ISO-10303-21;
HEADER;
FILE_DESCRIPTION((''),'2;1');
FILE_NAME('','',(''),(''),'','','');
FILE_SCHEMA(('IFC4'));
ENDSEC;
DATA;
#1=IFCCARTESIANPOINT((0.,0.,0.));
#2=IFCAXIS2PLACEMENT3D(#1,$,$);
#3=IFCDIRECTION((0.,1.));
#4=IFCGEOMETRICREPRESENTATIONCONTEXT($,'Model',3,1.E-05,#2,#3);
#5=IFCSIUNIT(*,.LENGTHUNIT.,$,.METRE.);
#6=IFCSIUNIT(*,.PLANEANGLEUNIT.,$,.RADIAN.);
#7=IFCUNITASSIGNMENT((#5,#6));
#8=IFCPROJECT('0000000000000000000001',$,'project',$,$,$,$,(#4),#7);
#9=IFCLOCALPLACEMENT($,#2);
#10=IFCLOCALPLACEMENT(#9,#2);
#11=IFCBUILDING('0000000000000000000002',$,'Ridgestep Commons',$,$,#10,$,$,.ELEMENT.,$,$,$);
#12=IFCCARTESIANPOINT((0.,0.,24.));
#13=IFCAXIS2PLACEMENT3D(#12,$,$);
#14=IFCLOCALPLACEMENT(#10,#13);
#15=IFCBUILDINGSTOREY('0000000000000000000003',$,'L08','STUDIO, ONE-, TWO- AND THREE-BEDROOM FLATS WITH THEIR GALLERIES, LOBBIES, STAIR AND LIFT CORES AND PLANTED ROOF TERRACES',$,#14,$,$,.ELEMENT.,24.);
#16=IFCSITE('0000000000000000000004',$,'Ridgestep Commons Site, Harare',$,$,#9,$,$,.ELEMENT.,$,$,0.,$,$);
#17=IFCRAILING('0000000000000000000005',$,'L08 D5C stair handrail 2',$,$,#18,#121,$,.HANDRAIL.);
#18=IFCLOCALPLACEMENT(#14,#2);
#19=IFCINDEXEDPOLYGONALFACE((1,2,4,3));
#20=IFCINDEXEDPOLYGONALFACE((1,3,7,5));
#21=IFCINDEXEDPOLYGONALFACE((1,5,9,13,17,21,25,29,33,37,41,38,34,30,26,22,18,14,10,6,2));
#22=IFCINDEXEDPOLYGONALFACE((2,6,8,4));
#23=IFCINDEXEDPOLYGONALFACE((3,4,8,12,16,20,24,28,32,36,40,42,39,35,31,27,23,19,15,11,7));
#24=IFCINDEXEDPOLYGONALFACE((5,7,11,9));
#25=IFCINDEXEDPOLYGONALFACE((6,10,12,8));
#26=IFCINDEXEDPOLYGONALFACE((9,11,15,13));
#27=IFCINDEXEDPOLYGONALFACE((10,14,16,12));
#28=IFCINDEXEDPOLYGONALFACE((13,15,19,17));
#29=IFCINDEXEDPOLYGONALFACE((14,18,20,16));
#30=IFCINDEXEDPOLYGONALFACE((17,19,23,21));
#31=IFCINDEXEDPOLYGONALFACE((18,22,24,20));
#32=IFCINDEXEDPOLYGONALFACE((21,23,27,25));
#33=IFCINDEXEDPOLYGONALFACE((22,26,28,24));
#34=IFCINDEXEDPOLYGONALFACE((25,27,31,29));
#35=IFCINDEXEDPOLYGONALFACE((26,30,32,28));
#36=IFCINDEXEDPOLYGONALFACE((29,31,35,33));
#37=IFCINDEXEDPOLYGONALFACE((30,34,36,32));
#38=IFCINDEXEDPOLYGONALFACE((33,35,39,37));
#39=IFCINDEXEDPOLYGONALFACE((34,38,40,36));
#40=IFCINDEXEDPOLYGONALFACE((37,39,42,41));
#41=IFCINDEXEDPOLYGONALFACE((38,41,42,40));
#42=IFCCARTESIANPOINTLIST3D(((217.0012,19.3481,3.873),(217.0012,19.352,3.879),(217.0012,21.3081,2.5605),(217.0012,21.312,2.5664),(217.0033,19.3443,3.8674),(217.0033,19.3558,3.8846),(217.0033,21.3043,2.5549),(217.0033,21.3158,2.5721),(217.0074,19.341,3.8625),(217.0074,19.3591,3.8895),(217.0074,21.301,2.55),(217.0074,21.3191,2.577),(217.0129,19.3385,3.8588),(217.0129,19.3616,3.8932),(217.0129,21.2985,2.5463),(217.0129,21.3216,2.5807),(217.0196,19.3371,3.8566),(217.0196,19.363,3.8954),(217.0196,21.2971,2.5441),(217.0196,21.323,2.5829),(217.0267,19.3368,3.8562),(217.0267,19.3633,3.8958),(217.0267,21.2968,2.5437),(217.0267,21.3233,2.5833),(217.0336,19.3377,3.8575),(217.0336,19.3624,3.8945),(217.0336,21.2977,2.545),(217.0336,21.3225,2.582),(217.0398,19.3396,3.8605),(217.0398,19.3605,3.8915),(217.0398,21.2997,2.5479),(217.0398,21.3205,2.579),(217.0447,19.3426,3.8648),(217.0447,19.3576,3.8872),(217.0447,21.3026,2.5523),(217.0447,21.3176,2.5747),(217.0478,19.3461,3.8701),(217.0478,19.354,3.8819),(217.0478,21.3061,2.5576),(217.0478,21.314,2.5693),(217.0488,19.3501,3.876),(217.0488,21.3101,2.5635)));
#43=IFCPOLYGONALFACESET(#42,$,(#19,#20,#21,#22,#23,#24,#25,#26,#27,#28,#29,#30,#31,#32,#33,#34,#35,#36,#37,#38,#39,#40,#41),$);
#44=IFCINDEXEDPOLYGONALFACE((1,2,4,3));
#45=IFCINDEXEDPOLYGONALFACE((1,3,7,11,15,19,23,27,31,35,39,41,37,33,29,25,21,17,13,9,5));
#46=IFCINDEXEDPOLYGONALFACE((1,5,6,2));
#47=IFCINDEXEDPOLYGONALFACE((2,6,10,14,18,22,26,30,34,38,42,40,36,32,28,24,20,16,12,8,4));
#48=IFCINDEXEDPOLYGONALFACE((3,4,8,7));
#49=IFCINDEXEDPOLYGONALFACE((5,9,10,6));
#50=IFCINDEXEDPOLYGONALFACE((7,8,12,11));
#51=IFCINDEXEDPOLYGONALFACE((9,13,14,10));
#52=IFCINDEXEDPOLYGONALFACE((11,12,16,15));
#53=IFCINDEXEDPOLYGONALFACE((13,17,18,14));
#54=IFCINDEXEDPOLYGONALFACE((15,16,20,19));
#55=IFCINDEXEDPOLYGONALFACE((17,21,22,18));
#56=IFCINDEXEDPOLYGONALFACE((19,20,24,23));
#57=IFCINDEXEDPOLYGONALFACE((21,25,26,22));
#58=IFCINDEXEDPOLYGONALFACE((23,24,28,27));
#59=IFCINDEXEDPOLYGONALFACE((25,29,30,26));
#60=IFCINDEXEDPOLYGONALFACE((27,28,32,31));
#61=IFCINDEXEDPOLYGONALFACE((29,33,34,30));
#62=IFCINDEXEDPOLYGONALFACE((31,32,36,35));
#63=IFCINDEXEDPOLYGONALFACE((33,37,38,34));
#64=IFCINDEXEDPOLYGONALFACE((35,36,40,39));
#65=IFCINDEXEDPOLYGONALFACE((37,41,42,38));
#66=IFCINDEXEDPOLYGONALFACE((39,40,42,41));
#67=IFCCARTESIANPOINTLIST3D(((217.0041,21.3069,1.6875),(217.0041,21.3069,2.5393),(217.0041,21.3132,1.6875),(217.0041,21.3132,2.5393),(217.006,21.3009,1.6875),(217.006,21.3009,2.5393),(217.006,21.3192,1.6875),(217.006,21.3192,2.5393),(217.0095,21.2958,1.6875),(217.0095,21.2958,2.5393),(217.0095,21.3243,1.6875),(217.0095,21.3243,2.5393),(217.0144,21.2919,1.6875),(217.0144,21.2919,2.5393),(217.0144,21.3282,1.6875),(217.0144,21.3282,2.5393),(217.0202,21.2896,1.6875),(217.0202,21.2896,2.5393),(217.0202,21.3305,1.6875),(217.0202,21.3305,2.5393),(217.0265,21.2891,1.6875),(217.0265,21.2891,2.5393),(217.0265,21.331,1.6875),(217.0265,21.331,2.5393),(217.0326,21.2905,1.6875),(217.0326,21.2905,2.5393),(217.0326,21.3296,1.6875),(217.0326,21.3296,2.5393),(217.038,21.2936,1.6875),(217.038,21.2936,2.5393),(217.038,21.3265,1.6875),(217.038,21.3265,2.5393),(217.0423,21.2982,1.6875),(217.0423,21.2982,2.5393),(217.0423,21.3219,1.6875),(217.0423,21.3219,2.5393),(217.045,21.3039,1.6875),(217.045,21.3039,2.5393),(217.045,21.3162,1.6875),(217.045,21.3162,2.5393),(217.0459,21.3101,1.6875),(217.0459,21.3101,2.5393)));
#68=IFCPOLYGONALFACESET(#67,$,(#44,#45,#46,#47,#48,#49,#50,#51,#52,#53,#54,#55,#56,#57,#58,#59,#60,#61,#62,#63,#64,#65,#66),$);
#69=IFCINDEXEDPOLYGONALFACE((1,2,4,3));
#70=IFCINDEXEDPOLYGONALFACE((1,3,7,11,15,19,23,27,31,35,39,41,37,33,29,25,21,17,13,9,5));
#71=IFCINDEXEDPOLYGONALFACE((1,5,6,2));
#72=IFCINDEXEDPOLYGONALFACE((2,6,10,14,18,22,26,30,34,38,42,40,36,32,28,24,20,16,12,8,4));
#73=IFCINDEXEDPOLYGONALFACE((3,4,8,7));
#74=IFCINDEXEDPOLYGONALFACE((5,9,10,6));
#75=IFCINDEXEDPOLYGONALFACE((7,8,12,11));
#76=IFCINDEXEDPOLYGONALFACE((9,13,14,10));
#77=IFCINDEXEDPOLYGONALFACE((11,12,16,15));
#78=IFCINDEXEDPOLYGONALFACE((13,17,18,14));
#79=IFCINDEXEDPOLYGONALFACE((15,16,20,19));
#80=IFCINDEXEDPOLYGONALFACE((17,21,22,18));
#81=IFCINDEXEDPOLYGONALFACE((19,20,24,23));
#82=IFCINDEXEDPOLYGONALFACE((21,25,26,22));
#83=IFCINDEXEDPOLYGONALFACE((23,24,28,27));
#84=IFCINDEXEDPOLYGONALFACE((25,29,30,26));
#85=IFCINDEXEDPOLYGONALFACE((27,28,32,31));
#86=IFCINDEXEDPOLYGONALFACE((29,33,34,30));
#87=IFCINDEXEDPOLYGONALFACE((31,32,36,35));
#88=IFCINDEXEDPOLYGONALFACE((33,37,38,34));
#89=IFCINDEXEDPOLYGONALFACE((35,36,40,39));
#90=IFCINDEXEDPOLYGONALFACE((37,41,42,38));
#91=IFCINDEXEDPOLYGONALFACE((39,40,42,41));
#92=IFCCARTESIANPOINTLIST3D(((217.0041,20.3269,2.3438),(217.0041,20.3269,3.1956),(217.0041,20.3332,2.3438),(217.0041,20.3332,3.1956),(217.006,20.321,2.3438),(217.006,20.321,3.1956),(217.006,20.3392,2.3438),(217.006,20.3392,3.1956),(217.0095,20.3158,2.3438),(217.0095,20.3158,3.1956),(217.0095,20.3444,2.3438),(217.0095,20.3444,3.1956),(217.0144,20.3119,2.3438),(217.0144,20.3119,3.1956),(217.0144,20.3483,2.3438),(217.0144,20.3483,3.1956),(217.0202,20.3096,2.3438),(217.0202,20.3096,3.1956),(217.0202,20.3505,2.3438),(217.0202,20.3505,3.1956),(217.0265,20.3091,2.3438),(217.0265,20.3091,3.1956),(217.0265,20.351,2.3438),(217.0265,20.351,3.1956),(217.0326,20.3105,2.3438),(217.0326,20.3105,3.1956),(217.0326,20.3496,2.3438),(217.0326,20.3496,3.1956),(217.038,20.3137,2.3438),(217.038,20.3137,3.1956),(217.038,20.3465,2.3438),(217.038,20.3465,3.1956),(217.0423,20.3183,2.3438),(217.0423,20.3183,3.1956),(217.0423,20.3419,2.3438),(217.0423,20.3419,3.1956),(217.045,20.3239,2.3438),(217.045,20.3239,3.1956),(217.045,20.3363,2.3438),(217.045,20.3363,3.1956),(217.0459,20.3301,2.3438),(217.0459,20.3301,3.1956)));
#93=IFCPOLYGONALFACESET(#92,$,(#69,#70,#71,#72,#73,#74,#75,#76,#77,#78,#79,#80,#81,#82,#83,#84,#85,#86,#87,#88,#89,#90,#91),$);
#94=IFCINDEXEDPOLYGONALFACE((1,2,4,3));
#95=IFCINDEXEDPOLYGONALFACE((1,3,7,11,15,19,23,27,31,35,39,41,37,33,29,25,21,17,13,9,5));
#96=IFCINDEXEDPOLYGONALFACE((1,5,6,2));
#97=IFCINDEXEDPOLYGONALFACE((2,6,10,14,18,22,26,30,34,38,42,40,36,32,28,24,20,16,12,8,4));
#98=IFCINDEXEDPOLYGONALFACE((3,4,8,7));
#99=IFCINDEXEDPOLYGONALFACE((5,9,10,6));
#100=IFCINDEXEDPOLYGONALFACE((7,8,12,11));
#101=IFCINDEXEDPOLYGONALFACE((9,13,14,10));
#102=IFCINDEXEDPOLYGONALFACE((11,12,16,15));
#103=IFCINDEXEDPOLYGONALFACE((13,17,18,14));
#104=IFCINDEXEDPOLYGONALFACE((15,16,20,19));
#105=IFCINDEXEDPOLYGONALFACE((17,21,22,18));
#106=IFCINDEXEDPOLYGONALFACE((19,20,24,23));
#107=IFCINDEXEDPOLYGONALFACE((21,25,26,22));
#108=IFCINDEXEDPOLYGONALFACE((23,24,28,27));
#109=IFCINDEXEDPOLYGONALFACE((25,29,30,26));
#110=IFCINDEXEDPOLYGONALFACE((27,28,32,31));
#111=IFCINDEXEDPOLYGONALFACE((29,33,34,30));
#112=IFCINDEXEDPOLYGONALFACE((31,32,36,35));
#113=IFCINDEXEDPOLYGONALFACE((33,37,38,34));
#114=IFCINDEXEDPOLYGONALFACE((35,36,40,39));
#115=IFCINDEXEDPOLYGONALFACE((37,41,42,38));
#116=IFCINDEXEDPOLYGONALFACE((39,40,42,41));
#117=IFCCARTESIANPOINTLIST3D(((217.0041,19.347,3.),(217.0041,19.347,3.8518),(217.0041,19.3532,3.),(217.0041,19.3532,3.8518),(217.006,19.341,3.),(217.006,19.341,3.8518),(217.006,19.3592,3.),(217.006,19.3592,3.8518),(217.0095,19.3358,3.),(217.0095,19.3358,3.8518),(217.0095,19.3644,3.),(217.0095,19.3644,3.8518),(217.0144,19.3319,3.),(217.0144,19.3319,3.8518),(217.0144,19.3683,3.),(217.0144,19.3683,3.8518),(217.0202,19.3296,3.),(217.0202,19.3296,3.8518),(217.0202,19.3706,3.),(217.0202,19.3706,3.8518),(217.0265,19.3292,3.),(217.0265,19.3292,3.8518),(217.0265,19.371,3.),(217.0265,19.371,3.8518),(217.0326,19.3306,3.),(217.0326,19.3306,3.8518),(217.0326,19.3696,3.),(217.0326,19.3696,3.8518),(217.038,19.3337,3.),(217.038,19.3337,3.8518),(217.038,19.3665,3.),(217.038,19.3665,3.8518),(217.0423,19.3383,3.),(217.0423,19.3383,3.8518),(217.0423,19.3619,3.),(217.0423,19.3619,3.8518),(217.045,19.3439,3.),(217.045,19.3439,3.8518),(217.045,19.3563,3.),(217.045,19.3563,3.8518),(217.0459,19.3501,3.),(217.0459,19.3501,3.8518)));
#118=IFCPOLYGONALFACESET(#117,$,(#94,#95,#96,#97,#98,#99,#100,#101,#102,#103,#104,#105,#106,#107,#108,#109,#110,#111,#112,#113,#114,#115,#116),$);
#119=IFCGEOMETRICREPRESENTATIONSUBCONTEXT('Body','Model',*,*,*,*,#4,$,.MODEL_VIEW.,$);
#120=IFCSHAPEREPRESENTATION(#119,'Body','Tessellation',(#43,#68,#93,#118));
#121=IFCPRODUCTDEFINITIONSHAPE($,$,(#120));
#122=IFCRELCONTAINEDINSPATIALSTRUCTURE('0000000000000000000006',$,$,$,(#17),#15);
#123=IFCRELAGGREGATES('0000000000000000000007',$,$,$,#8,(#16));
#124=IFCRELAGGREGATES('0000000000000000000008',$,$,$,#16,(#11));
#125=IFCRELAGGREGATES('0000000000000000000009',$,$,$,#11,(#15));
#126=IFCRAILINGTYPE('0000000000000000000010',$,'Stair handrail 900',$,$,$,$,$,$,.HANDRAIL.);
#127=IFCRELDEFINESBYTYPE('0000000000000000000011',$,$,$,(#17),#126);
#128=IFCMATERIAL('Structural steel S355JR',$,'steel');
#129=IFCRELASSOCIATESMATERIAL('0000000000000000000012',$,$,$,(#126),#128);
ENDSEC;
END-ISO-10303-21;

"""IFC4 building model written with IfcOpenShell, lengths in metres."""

from ifc_helpers import new_model, si_unit, direction, frame, origin, origin_2d, place, context, subcontext, project, spatial, circle, extrude, material, type_object, element, save


model = new_model("IFC4")

# Units and contexts
model_context = context("Model", 3, precision=1e-05, world=origin(), true_north=direction((0.0, 1.0)))
body_context = subcontext(model_context, "Body", "Model", "MODEL_VIEW")
ifc_project = project(units=[si_unit("LENGTHUNIT", "METRE"), si_unit("PLANEANGLEUNIT", "RADIAN")], contexts=[model_context])

# Site, building, storey
site_placement = place(None, origin())
site = spatial("IfcSite", under=ifc_project, at=site_placement, Name="Ridgestep Commons Site, Harare", CompositionType="ELEMENT", RefElevation=0.0)
building_placement = place(site_placement, origin())
building = spatial("IfcBuilding", under=site, at=building_placement, Name="Ridgestep Commons", CompositionType="ELEMENT")
storey_placement = place(building_placement, frame((0.0, 0.0, 24.0)))
storey = spatial("IfcBuildingStorey", under=building, at=storey_placement, Name="L08", Description="STUDIO, ONE-, TWO- AND THREE-BEDROOM FLATS WITH THEIR GALLERIES, LOBBIES, STAIR AND LIFT CORES AND PLANTED ROOF TERRACES", CompositionType="ELEMENT", Elevation=24.0)

# Railing
ifc_material_1 = material(Name="Structural steel S355JR", Category="steel")
railing_type_1 = type_object("IfcRailingType", Name="Stair handrail 900", PredefinedType="HANDRAIL", material=ifc_material_1)
railing_1_placement = place(storey_placement, frame((217.0249, 21.3101, 1.6875)))
element("IfcRailing", 1, at=railing_1_placement, inside=storey, type_object=railing_type_1, Name="L08 D5C stair handrail 2", PredefinedType="HANDRAIL", context=body_context, shape_type="SweptSolid", body=[
    extrude(circle(Radius=0.0239, at=origin_2d()), frame((0.0, 0.0, 0.876), z_axis=(0.0, -0.830902, 0.556419), x_axis=(1.0, 0.0, 0.0)), (0.0, 0.0, 1.0), 2.3589),
    extrude(circle(Radius=0.021, at=origin_2d()), origin(), (0.0, 0.0, 1.0), 0.8518),
    extrude(circle(Radius=0.021, at=origin_2d()), frame((0.0, -0.98, 0.6562)), (0.0, 0.0, 1.0), 0.8518),
    extrude(circle(Radius=0.021, at=origin_2d()), frame((0.0, -1.96, 1.3125)), (0.0, 0.0, 1.0), 0.8518),
])

save(model, "model.ifc")
